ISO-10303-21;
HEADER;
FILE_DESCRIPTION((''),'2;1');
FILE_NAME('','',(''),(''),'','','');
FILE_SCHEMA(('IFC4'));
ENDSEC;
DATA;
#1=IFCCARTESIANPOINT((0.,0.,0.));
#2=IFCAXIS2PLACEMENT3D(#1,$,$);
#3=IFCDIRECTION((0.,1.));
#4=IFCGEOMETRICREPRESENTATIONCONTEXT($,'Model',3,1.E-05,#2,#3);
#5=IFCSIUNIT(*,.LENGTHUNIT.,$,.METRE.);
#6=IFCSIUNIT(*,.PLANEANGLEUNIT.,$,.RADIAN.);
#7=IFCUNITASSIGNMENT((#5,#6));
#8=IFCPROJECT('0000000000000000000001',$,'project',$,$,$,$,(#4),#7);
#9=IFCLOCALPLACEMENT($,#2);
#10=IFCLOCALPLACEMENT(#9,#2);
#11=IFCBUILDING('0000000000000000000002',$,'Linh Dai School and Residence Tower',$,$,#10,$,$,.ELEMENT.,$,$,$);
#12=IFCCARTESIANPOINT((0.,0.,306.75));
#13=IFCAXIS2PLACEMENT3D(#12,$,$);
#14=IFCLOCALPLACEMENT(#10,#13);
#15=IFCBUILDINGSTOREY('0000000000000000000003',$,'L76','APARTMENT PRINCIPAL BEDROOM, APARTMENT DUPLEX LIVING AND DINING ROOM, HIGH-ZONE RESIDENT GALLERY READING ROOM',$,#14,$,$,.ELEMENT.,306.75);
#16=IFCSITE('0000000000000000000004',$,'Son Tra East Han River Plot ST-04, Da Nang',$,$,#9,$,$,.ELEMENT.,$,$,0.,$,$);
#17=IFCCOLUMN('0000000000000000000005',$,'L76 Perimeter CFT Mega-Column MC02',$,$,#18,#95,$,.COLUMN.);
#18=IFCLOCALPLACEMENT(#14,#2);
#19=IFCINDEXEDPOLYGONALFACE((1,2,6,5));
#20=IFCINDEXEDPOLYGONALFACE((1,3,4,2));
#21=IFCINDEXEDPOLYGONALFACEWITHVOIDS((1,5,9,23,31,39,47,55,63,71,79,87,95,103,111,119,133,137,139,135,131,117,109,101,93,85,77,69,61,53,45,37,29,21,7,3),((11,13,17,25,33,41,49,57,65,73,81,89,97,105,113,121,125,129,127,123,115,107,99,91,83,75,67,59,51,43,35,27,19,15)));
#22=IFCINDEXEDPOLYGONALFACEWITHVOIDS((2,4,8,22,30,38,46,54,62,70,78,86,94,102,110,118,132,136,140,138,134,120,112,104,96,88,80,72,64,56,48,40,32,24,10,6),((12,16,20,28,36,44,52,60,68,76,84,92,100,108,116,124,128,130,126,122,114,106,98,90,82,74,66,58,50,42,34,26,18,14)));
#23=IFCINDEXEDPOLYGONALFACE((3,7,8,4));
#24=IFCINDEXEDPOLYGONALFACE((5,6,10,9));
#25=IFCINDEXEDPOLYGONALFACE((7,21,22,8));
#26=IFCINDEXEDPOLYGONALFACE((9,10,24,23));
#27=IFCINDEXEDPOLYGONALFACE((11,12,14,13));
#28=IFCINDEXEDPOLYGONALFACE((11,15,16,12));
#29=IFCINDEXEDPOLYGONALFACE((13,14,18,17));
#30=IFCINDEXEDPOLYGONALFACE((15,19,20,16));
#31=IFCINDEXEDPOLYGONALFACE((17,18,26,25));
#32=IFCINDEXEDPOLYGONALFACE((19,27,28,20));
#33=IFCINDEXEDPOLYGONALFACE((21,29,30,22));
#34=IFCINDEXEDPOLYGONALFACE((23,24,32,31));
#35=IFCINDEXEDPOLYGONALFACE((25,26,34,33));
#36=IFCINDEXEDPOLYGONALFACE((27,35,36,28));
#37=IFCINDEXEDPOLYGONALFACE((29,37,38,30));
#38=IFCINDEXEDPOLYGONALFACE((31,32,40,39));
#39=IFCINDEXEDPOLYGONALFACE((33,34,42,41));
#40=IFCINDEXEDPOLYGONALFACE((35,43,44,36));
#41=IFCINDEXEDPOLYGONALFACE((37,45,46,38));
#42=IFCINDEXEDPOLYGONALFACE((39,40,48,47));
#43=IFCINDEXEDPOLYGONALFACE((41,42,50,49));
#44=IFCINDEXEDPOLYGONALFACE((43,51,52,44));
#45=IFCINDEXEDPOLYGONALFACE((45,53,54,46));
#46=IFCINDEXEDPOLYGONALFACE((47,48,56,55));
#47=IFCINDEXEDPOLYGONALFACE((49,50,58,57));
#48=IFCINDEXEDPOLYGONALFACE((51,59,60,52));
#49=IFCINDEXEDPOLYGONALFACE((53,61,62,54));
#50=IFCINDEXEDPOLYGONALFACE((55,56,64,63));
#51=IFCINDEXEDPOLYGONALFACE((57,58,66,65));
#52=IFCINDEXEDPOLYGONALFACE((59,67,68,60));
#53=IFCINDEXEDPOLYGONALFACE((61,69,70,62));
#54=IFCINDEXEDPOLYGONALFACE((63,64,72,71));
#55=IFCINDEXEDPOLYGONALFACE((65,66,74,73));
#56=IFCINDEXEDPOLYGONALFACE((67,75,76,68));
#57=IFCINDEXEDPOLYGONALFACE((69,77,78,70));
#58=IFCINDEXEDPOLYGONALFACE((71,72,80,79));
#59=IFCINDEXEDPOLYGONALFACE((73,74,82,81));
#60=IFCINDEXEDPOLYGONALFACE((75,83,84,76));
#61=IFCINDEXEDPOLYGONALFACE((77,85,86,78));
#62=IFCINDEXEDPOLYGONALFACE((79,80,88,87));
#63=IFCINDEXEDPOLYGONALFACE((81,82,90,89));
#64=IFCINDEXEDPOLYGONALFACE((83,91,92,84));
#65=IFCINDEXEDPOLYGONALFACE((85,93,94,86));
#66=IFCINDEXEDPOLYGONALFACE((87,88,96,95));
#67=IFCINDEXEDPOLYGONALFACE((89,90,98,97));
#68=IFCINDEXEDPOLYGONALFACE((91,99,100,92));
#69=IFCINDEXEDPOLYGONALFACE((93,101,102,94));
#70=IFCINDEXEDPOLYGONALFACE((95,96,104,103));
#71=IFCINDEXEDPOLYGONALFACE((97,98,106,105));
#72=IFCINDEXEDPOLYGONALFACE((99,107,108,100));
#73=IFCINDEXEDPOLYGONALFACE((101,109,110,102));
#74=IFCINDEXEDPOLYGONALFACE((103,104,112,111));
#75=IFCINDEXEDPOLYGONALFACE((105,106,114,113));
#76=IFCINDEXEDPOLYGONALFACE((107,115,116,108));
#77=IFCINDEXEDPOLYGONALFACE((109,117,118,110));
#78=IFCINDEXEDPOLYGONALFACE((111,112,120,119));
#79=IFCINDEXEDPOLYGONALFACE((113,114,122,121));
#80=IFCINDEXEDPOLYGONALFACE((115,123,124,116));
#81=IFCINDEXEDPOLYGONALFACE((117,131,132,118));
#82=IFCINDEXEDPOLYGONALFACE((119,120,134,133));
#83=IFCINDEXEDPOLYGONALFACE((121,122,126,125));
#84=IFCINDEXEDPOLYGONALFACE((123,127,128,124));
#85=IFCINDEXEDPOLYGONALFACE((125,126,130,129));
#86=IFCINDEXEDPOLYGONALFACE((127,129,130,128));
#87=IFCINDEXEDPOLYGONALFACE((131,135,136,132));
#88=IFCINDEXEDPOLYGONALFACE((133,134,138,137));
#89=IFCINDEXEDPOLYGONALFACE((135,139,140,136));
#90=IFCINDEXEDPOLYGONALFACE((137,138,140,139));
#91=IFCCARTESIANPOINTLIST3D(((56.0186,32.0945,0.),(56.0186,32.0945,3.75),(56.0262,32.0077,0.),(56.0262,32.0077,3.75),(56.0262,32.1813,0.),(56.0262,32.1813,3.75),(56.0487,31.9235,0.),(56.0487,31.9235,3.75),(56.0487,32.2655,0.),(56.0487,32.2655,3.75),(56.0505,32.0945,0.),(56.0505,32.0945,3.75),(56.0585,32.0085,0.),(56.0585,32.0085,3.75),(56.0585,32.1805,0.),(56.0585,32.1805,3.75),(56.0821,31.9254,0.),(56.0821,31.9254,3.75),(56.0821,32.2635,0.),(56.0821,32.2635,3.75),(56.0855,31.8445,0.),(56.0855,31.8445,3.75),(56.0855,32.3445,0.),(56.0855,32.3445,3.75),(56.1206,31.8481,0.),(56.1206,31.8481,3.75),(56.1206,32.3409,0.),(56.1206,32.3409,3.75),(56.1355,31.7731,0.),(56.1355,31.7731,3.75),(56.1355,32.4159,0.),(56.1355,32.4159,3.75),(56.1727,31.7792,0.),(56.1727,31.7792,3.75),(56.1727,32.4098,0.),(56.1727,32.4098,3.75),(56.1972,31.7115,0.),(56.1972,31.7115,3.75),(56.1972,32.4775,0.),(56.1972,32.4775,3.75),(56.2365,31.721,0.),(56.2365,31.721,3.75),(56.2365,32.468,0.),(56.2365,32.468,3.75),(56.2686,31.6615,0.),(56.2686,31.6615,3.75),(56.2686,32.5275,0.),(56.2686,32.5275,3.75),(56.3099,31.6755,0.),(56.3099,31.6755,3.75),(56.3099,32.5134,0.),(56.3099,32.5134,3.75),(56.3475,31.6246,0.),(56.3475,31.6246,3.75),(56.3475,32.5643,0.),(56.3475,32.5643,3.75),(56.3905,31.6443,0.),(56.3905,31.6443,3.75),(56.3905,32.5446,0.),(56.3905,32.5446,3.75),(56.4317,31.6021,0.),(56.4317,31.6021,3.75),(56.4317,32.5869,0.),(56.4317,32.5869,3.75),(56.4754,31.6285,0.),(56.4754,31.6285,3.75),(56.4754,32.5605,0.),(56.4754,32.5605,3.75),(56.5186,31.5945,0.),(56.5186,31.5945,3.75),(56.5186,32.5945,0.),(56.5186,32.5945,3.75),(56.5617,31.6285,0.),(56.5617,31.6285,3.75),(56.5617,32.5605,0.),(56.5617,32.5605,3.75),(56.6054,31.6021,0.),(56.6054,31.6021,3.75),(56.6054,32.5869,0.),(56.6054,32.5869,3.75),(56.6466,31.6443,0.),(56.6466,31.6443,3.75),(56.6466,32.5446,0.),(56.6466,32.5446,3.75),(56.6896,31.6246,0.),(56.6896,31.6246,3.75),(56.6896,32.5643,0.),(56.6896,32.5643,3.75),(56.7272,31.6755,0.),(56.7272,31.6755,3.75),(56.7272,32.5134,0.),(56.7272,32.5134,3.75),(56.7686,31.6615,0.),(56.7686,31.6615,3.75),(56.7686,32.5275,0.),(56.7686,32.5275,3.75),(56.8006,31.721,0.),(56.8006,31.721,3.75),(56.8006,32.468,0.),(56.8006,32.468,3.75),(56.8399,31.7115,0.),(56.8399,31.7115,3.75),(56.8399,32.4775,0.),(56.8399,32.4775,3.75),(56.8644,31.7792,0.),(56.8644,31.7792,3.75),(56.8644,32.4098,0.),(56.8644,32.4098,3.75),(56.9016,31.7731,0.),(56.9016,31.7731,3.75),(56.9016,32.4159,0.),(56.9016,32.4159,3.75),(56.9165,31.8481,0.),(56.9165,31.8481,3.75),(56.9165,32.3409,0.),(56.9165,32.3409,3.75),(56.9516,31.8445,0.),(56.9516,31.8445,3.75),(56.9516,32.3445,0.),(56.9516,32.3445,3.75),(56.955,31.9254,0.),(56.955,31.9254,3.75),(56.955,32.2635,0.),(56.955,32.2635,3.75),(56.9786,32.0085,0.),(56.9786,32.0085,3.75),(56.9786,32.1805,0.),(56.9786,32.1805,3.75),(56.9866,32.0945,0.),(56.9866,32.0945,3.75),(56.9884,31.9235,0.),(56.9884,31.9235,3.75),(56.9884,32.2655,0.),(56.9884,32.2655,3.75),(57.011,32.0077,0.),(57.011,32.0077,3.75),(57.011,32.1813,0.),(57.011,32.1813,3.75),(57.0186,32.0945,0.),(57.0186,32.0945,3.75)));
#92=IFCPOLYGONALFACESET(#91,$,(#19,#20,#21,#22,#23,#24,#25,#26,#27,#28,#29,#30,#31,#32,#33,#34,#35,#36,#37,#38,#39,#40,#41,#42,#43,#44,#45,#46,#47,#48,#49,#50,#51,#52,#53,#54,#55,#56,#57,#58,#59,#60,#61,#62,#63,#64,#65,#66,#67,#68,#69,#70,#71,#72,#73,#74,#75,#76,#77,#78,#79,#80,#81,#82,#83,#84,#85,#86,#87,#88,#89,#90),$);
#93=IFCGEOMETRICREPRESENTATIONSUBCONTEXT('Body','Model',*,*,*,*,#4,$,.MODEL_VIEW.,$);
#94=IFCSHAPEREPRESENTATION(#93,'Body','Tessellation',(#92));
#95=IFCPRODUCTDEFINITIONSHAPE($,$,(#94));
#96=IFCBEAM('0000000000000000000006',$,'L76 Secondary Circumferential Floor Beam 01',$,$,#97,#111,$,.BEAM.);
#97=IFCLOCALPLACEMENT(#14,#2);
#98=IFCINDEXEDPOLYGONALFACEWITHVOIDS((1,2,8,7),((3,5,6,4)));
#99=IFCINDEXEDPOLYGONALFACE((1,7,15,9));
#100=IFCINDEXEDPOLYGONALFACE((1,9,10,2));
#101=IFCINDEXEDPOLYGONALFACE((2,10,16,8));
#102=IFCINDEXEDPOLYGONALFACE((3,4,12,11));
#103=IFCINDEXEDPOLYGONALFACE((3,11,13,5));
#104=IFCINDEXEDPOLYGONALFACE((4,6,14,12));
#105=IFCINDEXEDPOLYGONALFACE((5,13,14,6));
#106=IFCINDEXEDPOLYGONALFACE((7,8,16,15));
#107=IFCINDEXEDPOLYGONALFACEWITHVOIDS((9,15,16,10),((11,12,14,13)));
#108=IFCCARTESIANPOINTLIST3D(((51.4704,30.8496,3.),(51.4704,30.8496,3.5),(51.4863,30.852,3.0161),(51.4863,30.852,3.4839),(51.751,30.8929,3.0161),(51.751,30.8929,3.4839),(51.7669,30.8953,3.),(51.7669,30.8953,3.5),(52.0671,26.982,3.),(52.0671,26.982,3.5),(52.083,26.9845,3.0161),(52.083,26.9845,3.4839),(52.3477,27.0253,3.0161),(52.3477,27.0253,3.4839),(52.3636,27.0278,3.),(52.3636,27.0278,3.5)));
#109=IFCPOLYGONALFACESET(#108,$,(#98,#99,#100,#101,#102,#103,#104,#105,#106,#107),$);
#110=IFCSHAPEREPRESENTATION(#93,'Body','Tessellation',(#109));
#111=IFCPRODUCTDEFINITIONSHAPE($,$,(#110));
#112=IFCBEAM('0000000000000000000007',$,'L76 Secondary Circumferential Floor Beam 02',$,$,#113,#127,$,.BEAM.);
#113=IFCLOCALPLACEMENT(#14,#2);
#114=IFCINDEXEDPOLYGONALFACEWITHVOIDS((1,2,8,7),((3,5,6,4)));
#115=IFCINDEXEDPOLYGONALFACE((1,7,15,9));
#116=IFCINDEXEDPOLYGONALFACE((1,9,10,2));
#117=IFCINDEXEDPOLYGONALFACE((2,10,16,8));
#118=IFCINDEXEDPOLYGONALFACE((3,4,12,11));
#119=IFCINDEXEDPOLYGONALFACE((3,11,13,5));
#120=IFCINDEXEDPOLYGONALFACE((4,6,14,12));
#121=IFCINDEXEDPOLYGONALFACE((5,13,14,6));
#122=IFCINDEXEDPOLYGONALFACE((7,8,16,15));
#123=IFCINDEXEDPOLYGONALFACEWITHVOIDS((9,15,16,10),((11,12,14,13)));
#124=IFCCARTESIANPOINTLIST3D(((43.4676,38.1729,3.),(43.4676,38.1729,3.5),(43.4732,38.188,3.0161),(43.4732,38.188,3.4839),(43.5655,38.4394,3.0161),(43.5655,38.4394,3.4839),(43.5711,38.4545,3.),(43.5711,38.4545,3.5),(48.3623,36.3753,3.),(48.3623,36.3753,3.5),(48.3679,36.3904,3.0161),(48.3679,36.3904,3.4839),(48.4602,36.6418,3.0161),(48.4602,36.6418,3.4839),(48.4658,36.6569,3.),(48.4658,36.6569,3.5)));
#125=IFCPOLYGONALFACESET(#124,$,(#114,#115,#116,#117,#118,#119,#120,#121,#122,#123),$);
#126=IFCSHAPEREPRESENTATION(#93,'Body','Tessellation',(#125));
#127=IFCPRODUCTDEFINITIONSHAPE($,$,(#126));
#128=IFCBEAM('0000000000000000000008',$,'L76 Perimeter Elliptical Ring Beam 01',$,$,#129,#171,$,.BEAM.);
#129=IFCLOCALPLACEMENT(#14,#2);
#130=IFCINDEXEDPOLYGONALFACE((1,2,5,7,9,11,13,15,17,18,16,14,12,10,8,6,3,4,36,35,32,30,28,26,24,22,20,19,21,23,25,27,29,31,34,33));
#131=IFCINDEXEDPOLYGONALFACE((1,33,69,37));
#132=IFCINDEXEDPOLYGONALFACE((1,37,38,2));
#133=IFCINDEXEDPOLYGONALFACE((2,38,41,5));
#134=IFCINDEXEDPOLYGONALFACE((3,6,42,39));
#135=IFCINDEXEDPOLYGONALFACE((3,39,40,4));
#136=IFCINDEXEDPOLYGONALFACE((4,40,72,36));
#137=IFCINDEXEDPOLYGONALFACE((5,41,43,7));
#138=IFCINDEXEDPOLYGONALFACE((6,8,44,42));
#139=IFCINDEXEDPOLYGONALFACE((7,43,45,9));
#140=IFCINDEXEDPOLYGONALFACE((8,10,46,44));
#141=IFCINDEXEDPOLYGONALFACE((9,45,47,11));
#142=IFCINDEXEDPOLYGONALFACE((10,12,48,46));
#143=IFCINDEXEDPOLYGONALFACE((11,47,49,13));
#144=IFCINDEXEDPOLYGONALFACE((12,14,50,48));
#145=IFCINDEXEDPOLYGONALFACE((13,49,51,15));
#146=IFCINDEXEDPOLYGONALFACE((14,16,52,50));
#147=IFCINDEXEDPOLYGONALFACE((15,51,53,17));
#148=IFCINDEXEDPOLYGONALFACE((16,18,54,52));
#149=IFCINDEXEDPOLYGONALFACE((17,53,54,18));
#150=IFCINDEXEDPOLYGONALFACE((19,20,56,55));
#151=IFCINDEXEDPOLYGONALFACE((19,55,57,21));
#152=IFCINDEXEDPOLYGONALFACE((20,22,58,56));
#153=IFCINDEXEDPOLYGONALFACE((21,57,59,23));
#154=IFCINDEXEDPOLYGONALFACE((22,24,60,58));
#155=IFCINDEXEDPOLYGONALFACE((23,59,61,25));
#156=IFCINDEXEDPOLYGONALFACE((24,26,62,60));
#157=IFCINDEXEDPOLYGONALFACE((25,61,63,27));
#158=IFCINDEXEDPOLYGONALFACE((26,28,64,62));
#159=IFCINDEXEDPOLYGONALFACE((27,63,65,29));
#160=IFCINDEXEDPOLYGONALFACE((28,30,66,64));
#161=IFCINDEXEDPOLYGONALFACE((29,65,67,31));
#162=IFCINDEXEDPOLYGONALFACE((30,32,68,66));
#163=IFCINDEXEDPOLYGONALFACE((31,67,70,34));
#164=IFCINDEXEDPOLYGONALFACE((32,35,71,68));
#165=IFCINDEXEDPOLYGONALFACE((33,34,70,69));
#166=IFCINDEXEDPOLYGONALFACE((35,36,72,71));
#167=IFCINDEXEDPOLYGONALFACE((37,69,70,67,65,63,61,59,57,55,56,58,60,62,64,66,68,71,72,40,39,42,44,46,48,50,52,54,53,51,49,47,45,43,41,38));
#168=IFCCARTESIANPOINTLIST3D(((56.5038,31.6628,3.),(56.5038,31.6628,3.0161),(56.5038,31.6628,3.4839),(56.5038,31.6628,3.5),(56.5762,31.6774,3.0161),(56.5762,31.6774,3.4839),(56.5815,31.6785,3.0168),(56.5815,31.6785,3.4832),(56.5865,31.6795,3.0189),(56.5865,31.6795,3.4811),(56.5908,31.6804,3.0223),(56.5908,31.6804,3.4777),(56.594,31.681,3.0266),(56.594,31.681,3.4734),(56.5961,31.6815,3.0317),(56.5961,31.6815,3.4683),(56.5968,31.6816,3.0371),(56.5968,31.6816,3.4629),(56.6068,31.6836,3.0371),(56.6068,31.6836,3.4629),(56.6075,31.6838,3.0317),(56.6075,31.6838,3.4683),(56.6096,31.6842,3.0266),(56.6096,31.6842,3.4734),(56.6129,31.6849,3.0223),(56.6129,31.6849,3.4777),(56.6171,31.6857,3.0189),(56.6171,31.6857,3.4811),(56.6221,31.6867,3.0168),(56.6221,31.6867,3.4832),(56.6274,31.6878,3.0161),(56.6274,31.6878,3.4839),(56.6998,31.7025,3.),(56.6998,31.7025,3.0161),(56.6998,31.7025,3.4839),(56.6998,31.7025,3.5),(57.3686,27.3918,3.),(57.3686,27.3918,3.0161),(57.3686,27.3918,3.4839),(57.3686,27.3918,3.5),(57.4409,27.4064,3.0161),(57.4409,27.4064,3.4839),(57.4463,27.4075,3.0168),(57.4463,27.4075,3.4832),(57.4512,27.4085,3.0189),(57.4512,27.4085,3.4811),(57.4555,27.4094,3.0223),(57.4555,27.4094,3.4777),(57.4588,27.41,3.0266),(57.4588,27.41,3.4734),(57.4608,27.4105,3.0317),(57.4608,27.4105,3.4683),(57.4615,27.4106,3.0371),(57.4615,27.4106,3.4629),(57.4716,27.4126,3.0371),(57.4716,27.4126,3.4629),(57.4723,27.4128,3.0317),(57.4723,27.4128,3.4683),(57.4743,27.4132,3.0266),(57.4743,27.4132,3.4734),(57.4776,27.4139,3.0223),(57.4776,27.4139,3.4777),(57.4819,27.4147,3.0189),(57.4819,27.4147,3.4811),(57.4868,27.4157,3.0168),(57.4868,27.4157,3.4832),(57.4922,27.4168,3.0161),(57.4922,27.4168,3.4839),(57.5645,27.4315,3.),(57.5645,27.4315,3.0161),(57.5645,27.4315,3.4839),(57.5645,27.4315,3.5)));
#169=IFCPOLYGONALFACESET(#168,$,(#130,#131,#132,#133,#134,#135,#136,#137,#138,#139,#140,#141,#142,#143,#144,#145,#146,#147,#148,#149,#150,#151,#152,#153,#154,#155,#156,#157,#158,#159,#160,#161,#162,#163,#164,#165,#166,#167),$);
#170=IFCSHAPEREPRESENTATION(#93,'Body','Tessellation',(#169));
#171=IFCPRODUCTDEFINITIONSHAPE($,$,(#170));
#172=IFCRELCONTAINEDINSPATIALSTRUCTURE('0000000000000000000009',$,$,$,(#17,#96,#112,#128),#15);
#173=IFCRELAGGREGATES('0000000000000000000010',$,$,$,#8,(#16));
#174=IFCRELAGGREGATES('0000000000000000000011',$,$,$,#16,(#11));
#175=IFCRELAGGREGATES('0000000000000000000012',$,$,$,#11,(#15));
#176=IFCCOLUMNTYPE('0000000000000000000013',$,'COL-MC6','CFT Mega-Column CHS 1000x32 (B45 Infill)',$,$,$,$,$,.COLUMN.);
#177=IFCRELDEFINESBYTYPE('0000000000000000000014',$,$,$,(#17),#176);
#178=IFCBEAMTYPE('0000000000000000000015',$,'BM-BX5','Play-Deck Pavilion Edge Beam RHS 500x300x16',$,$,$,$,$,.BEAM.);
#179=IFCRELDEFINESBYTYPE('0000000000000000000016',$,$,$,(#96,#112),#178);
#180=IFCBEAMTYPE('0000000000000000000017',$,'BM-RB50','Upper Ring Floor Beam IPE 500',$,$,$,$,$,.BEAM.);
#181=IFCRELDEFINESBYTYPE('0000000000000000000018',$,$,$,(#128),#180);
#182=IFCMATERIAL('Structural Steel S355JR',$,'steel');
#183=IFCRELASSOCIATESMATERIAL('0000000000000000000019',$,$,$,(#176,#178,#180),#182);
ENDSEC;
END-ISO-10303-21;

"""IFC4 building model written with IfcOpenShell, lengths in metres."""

from ifc_helpers import new_model, si_unit, direction, frame, origin, origin_2d, place, context, subcontext, project, spatial, hollow_rectangle, hollow_circle, i_section, extrude, material, material_profile, profile_set, type_object, element, save


model = new_model("IFC4")

# Units and contexts
model_context = context("Model", 3, precision=1e-05, world=origin(), true_north=direction((0.0, 1.0)))
body_context = subcontext(model_context, "Body", "Model", "MODEL_VIEW")
ifc_project = project(units=[si_unit("LENGTHUNIT", "METRE"), si_unit("PLANEANGLEUNIT", "RADIAN")], contexts=[model_context])

# Site, building, storey
site_placement = place(None, origin())
site = spatial("IfcSite", under=ifc_project, at=site_placement, Name="Son Tra East Han River Plot ST-04, Da Nang", CompositionType="ELEMENT", RefElevation=0.0)
building_placement = place(site_placement, origin())
building = spatial("IfcBuilding", under=site, at=building_placement, Name="Linh Dai School and Residence Tower", CompositionType="ELEMENT")
storey_placement = place(building_placement, frame((0.0, 0.0, 306.75)))
storey = spatial("IfcBuildingStorey", under=building, at=storey_placement, Name="L76", Description="APARTMENT PRINCIPAL BEDROOM, APARTMENT DUPLEX LIVING AND DINING ROOM, HIGH-ZONE RESIDENT GALLERY READING ROOM", CompositionType="ELEMENT", Elevation=306.75)

# Column
ifc_material_1 = material(Name="Structural Steel S355JR", Category="steel")
ifc_material_profile_1 = material_profile(ifc_material_1, hollow_circle(Radius=0.5, WallThickness=0.032, at=origin_2d()), Name="CHS 1000x32")
ifc_profile_set_1 = profile_set([ifc_material_profile_1], Name="Structural Steel S355JR")
column_type = type_object("IfcColumnType", Name="COL-MC6", Description="CFT Mega-Column CHS 1000x32 (B45 Infill)", PredefinedType="COLUMN", material=ifc_profile_set_1)
column_placement = place(storey_placement, frame((56.5186, 32.0945, 0.0), z_axis=(0.0, 0.0, 1.0), x_axis=(1.0, 0.0, 0.0)))
element("IfcColumn", 1, at=column_placement, inside=storey, type_object=column_type, Name="L76 Perimeter CFT Mega-Column MC02", PredefinedType="COLUMN", context=body_context, shape_type="SweptSolid", body=[
    extrude(hollow_circle(Radius=0.5, WallThickness=0.032, at=origin_2d()), origin(), (0.0, 0.0, 1.0), 3.75),
])

# Beams
ifc_material_profile_2 = material_profile(ifc_material_1, hollow_rectangle(XDim=0.3, YDim=0.5, WallThickness=0.0161, at=origin_2d()), Name="RHS 500x300x16")
ifc_profile_set_2 = profile_set([ifc_material_profile_2], Name="Structural Steel S355JR")
beam_type_1 = type_object("IfcBeamType", Name="BM-BX5", Description="Play-Deck Pavilion Edge Beam RHS 500x300x16", PredefinedType="BEAM", material=ifc_profile_set_2)
beam_1_placement = place(storey_placement, frame((52.2153, 27.0049, 3.25), z_axis=(-0.15247, 0.988308, 0.0), x_axis=(-0.988308, -0.15247, 0.0)))
element("IfcBeam", 2, at=beam_1_placement, inside=storey, type_object=beam_type_1, Name="L76 Secondary Circumferential Floor Beam 01", PredefinedType="BEAM", context=body_context, shape_type="SweptSolid", body=[
    extrude(hollow_rectangle(XDim=0.3, YDim=0.5, WallThickness=0.0161, at=origin_2d()), origin(), (0.0, 0.0, 1.0), 3.9133),
])
beam_2_placement = place(storey_placement, frame((48.4141, 36.5161, 3.25), z_axis=(-0.938699, 0.344737, 0.0), x_axis=(-0.344737, -0.938699, 0.0)))
element("IfcBeam", 3, at=beam_2_placement, inside=storey, type_object=beam_type_1, Name="L76 Secondary Circumferential Floor Beam 02", PredefinedType="BEAM", context=body_context, shape_type="SweptSolid", body=[
    extrude(hollow_rectangle(XDim=0.3, YDim=0.5, WallThickness=0.0161, at=origin_2d()), origin(), (0.0, 0.0, 1.0), 5.2144),
])
ifc_material_profile_3 = material_profile(ifc_material_1, i_section(OverallWidth=0.2, OverallDepth=0.5, WebThickness=0.0103, FlangeThickness=0.0161, FilletRadius=0.021, at=origin_2d()), Name="IPE 500")
ifc_profile_set_3 = profile_set([ifc_material_profile_3], Name="Structural Steel S355JR")
beam_type_2 = type_object("IfcBeamType", Name="BM-RB50", Description="Upper Ring Floor Beam IPE 500", PredefinedType="BEAM", material=ifc_profile_set_3)
beam_3_placement = place(storey_placement, frame((57.4666, 27.4116, 3.25), z_axis=(-0.198443, 0.980112, 0.0), x_axis=(-0.980112, -0.198443, 0.0)))
element("IfcBeam", 4, at=beam_3_placement, inside=storey, type_object=beam_type_2, Name="L76 Perimeter Elliptical Ring Beam 01", PredefinedType="BEAM", context=body_context, shape_type="SweptSolid", body=[
    extrude(i_section(OverallWidth=0.2, OverallDepth=0.5, WebThickness=0.0103, FlangeThickness=0.0161, FilletRadius=0.021, at=origin_2d()), origin(), (0.0, 0.0, 1.0), 4.3577),
])

save(model, "model.ifc")
